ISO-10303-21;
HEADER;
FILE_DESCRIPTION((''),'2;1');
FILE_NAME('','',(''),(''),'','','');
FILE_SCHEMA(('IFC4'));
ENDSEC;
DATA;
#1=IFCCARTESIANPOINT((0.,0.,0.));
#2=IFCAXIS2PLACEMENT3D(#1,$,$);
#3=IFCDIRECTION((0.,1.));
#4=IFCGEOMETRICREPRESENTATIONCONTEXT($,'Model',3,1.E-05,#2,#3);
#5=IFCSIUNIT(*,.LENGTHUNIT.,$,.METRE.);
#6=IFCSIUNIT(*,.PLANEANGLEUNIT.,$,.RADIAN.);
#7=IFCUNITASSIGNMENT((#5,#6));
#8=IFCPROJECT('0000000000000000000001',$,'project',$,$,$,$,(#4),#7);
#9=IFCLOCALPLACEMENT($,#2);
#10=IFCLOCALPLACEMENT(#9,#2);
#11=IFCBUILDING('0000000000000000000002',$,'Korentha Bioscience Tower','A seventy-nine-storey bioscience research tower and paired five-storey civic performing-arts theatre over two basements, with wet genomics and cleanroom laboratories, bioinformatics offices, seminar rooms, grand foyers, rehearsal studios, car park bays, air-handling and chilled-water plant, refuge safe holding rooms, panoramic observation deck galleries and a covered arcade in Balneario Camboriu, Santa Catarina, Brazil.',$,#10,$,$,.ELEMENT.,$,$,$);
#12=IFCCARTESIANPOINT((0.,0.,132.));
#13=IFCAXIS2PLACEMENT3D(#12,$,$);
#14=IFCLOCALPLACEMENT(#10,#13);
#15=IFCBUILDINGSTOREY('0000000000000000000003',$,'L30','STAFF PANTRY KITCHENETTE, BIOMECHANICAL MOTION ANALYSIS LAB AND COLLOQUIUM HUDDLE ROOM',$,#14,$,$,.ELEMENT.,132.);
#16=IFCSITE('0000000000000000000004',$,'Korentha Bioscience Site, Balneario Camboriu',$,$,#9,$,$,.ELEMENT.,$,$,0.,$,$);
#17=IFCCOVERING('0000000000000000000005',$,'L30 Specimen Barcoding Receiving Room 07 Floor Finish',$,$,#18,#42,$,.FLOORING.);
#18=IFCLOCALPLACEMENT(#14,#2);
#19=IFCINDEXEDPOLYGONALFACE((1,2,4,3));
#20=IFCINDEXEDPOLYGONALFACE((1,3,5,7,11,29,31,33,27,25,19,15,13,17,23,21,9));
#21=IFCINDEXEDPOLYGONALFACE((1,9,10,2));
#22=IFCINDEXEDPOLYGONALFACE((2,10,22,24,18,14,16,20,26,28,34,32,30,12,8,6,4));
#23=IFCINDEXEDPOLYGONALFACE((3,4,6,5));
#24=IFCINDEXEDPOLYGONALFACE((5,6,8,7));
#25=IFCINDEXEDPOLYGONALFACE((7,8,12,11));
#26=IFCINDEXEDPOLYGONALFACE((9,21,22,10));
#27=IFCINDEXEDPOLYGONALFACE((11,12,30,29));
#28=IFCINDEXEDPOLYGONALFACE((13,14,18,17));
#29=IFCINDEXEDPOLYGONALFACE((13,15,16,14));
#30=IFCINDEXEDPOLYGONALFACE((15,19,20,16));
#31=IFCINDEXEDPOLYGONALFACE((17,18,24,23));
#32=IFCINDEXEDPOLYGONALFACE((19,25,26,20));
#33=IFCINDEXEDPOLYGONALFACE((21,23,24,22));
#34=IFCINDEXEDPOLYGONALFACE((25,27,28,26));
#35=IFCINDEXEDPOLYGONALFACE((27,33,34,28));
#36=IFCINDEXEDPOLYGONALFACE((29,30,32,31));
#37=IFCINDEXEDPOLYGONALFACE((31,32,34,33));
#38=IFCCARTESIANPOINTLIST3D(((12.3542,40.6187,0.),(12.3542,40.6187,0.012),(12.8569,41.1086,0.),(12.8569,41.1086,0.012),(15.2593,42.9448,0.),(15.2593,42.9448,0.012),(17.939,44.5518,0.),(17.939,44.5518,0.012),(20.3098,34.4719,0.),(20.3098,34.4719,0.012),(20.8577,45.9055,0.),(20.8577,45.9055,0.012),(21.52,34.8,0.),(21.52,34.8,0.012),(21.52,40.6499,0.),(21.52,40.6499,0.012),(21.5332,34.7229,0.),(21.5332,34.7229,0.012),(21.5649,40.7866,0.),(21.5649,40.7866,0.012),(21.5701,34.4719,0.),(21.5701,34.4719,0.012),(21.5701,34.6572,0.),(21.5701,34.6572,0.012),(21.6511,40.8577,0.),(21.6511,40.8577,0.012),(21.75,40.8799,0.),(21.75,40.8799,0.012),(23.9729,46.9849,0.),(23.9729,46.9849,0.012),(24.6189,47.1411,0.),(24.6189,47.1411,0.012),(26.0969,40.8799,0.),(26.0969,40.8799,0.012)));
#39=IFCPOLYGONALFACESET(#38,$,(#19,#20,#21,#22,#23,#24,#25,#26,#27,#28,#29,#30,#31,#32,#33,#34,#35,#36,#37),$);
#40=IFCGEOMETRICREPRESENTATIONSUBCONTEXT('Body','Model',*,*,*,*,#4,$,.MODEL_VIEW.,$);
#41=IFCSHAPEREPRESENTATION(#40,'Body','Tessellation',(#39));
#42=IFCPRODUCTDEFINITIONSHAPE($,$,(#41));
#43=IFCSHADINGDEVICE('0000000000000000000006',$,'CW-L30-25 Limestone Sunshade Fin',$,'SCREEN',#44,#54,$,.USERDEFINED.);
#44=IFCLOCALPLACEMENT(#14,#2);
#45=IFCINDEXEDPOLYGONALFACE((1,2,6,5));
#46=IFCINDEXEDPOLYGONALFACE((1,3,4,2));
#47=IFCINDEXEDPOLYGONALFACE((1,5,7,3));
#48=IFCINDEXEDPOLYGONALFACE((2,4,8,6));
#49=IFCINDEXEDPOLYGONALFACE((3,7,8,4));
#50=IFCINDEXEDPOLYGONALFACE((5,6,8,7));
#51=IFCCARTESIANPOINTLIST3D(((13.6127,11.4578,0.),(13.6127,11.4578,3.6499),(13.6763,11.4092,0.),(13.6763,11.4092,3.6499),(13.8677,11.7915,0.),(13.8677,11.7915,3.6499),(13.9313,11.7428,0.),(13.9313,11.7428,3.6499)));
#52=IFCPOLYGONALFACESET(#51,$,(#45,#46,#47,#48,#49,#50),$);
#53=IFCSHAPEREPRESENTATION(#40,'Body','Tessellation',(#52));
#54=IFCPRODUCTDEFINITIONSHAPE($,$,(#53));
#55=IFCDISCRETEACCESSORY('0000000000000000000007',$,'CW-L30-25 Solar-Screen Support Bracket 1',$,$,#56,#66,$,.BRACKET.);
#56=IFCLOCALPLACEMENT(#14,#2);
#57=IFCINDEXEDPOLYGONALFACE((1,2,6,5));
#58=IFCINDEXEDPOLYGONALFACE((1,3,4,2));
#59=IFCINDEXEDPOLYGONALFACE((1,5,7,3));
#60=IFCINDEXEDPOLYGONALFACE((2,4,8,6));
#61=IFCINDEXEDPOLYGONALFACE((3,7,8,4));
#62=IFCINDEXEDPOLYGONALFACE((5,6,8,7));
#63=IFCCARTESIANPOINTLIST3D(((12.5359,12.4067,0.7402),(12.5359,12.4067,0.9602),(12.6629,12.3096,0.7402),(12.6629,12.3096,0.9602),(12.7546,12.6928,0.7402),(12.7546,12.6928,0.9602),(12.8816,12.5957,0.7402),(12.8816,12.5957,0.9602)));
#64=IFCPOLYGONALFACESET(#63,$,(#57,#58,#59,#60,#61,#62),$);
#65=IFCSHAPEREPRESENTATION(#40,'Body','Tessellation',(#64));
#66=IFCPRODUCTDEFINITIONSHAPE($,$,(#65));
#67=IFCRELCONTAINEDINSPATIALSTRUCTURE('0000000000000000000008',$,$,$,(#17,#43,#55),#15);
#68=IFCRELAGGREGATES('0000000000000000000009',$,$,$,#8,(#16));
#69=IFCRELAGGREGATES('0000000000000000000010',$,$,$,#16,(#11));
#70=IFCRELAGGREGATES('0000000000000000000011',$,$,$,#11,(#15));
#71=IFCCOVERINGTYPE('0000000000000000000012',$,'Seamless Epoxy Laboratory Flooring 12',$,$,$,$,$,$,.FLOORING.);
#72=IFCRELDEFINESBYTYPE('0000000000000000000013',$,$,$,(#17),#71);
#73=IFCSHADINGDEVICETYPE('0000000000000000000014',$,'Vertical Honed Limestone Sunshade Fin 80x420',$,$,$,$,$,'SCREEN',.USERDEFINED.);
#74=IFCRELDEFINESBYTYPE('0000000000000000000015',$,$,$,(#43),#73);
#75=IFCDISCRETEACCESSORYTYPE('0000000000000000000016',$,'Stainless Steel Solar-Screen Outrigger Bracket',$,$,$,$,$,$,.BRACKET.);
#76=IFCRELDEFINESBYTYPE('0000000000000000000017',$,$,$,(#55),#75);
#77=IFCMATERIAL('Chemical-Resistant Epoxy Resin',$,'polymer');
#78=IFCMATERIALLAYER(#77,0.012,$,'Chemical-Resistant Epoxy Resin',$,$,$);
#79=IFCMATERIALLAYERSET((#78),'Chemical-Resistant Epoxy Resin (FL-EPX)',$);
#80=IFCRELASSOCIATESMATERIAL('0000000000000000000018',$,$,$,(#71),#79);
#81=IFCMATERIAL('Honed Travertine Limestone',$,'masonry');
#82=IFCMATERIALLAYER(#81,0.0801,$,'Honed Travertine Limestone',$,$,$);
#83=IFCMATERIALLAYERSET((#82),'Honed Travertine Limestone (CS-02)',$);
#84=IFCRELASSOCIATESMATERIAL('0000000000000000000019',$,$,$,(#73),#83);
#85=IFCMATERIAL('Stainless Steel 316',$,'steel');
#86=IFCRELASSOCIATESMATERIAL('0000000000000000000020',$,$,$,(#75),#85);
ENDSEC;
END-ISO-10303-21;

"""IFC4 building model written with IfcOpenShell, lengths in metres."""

from ifc_helpers import new_model, si_unit, direction, frame, origin, origin_2d, place, context, subcontext, project, spatial, polyline, rectangle, outline, extrude, material, layer, layer_set, type_object, element, save


model = new_model("IFC4")

# Units and contexts
model_context = context("Model", 3, precision=1e-05, world=origin(), true_north=direction((0.0, 1.0)))
body_context = subcontext(model_context, "Body", "Model", "MODEL_VIEW")
ifc_project = project(units=[si_unit("LENGTHUNIT", "METRE"), si_unit("PLANEANGLEUNIT", "RADIAN")], contexts=[model_context])

# Site, building, storey
site_placement = place(None, origin())
site = spatial("IfcSite", under=ifc_project, at=site_placement, Name="Korentha Bioscience Site, Balneario Camboriu", CompositionType="ELEMENT", RefElevation=0.0)
building_placement = place(site_placement, origin())
building = spatial("IfcBuilding", under=site, at=building_placement, Name="Korentha Bioscience Tower", Description="A seventy-nine-storey bioscience research tower and paired five-storey civic performing-arts theatre over two basements, with wet genomics and cleanroom laboratories, bioinformatics offices, seminar rooms, grand foyers, rehearsal studios, car park bays, air-handling and chilled-water plant, refuge safe holding rooms, panoramic observation deck galleries and a covered arcade in Balneario Camboriu, Santa Catarina, Brazil.", CompositionType="ELEMENT")
storey_placement = place(building_placement, frame((0.0, 0.0, 132.0)))
storey = spatial("IfcBuildingStorey", under=building, at=storey_placement, Name="L30", Description="STAFF PANTRY KITCHENETTE, BIOMECHANICAL MOTION ANALYSIS LAB AND COLLOQUIUM HUDDLE ROOM", CompositionType="ELEMENT", Elevation=132.0)

# Covering
ifc_material_1 = material(Name="Chemical-Resistant Epoxy Resin", Category="polymer")
ifc_layer_1 = layer(ifc_material_1, 0.012, Name="Chemical-Resistant Epoxy Resin")
ifc_layer_set_1 = layer_set([ifc_layer_1], Name="Chemical-Resistant Epoxy Resin (FL-EPX)")
covering_type_1 = type_object("IfcCoveringType", Name="Seamless Epoxy Laboratory Flooring 12", PredefinedType="FLOORING", material=ifc_layer_set_1)
covering_1_placement = place(storey_placement, origin())
element("IfcCovering", 1, at=covering_1_placement, inside=storey, type_object=covering_type_1, Name="L30 Specimen Barcoding Receiving Room 07 Floor Finish", PredefinedType="FLOORING", context=body_context, shape_type="SweptSolid", body=[
    extrude(outline(polyline([(17.939, 44.5518), (20.8577, 45.9055), (23.9729, 46.9849), (24.6189, 47.1411), (26.0969, 40.8799), (21.75, 40.8799), (21.6511, 40.8577), (21.5649, 40.7866), (21.52, 40.6499), (21.52, 34.8), (21.5332, 34.7229), (21.5701, 34.6572), (21.5701, 34.4719), (20.3098, 34.4719), (12.3542, 40.6187), (12.8569, 41.1086), (15.2593, 42.9448), (17.939, 44.5518)])), origin(), (0.0, 0.0, 1.0), 0.012),
])

# Shading device
ifc_material_2 = material(Name="Honed Travertine Limestone", Category="masonry")
ifc_layer_2 = layer(ifc_material_2, 0.0801, Name="Honed Travertine Limestone")
ifc_layer_set_2 = layer_set([ifc_layer_2], Name="Honed Travertine Limestone (CS-02)")
shading_device_type_1 = type_object("IfcShadingDeviceType", Name="Vertical Honed Limestone Sunshade Fin 80x420", ElementType="SCREEN", PredefinedType="USERDEFINED", material=ifc_layer_set_2)
shading_device_1_placement = place(storey_placement, frame((13.772, 11.6003, 0.0), z_axis=(0.0, 0.0, 1.0), x_axis=(0.7945, -0.607265, 0.0)))
element("IfcShadingDevice", 2, at=shading_device_1_placement, inside=storey, type_object=shading_device_type_1, Name="CW-L30-25 Limestone Sunshade Fin", ObjectType="SCREEN", PredefinedType="USERDEFINED", context=body_context, shape_type="SweptSolid", body=[
    extrude(rectangle(XDim=0.0801, YDim=0.4199, at=origin_2d()), origin(), (0.0, 0.0, 1.0), 3.6499),
])

# Discrete accessory
ifc_material_3 = material(Name="Stainless Steel 316", Category="steel")
discrete_accessory_type = type_object("IfcDiscreteAccessoryType", Name="Stainless Steel Solar-Screen Outrigger Bracket", PredefinedType="BRACKET", material=ifc_material_3)
discrete_accessory_placement = place(storey_placement, frame((12.7087, 12.5012, 0.7402), z_axis=(0.0, 0.0, 1.0), x_axis=(0.7945, -0.607265, 0.0)))
element("IfcDiscreteAccessory", 3, at=discrete_accessory_placement, inside=storey, type_object=discrete_accessory_type, Name="CW-L30-25 Solar-Screen Support Bracket 1", PredefinedType="BRACKET", context=body_context, shape_type="SweptSolid", body=[
    extrude(rectangle(XDim=0.1599, YDim=0.3601, at=origin_2d()), origin(), (0.0, 0.0, 1.0), 0.22),
])

save(model, "model.ifc")
